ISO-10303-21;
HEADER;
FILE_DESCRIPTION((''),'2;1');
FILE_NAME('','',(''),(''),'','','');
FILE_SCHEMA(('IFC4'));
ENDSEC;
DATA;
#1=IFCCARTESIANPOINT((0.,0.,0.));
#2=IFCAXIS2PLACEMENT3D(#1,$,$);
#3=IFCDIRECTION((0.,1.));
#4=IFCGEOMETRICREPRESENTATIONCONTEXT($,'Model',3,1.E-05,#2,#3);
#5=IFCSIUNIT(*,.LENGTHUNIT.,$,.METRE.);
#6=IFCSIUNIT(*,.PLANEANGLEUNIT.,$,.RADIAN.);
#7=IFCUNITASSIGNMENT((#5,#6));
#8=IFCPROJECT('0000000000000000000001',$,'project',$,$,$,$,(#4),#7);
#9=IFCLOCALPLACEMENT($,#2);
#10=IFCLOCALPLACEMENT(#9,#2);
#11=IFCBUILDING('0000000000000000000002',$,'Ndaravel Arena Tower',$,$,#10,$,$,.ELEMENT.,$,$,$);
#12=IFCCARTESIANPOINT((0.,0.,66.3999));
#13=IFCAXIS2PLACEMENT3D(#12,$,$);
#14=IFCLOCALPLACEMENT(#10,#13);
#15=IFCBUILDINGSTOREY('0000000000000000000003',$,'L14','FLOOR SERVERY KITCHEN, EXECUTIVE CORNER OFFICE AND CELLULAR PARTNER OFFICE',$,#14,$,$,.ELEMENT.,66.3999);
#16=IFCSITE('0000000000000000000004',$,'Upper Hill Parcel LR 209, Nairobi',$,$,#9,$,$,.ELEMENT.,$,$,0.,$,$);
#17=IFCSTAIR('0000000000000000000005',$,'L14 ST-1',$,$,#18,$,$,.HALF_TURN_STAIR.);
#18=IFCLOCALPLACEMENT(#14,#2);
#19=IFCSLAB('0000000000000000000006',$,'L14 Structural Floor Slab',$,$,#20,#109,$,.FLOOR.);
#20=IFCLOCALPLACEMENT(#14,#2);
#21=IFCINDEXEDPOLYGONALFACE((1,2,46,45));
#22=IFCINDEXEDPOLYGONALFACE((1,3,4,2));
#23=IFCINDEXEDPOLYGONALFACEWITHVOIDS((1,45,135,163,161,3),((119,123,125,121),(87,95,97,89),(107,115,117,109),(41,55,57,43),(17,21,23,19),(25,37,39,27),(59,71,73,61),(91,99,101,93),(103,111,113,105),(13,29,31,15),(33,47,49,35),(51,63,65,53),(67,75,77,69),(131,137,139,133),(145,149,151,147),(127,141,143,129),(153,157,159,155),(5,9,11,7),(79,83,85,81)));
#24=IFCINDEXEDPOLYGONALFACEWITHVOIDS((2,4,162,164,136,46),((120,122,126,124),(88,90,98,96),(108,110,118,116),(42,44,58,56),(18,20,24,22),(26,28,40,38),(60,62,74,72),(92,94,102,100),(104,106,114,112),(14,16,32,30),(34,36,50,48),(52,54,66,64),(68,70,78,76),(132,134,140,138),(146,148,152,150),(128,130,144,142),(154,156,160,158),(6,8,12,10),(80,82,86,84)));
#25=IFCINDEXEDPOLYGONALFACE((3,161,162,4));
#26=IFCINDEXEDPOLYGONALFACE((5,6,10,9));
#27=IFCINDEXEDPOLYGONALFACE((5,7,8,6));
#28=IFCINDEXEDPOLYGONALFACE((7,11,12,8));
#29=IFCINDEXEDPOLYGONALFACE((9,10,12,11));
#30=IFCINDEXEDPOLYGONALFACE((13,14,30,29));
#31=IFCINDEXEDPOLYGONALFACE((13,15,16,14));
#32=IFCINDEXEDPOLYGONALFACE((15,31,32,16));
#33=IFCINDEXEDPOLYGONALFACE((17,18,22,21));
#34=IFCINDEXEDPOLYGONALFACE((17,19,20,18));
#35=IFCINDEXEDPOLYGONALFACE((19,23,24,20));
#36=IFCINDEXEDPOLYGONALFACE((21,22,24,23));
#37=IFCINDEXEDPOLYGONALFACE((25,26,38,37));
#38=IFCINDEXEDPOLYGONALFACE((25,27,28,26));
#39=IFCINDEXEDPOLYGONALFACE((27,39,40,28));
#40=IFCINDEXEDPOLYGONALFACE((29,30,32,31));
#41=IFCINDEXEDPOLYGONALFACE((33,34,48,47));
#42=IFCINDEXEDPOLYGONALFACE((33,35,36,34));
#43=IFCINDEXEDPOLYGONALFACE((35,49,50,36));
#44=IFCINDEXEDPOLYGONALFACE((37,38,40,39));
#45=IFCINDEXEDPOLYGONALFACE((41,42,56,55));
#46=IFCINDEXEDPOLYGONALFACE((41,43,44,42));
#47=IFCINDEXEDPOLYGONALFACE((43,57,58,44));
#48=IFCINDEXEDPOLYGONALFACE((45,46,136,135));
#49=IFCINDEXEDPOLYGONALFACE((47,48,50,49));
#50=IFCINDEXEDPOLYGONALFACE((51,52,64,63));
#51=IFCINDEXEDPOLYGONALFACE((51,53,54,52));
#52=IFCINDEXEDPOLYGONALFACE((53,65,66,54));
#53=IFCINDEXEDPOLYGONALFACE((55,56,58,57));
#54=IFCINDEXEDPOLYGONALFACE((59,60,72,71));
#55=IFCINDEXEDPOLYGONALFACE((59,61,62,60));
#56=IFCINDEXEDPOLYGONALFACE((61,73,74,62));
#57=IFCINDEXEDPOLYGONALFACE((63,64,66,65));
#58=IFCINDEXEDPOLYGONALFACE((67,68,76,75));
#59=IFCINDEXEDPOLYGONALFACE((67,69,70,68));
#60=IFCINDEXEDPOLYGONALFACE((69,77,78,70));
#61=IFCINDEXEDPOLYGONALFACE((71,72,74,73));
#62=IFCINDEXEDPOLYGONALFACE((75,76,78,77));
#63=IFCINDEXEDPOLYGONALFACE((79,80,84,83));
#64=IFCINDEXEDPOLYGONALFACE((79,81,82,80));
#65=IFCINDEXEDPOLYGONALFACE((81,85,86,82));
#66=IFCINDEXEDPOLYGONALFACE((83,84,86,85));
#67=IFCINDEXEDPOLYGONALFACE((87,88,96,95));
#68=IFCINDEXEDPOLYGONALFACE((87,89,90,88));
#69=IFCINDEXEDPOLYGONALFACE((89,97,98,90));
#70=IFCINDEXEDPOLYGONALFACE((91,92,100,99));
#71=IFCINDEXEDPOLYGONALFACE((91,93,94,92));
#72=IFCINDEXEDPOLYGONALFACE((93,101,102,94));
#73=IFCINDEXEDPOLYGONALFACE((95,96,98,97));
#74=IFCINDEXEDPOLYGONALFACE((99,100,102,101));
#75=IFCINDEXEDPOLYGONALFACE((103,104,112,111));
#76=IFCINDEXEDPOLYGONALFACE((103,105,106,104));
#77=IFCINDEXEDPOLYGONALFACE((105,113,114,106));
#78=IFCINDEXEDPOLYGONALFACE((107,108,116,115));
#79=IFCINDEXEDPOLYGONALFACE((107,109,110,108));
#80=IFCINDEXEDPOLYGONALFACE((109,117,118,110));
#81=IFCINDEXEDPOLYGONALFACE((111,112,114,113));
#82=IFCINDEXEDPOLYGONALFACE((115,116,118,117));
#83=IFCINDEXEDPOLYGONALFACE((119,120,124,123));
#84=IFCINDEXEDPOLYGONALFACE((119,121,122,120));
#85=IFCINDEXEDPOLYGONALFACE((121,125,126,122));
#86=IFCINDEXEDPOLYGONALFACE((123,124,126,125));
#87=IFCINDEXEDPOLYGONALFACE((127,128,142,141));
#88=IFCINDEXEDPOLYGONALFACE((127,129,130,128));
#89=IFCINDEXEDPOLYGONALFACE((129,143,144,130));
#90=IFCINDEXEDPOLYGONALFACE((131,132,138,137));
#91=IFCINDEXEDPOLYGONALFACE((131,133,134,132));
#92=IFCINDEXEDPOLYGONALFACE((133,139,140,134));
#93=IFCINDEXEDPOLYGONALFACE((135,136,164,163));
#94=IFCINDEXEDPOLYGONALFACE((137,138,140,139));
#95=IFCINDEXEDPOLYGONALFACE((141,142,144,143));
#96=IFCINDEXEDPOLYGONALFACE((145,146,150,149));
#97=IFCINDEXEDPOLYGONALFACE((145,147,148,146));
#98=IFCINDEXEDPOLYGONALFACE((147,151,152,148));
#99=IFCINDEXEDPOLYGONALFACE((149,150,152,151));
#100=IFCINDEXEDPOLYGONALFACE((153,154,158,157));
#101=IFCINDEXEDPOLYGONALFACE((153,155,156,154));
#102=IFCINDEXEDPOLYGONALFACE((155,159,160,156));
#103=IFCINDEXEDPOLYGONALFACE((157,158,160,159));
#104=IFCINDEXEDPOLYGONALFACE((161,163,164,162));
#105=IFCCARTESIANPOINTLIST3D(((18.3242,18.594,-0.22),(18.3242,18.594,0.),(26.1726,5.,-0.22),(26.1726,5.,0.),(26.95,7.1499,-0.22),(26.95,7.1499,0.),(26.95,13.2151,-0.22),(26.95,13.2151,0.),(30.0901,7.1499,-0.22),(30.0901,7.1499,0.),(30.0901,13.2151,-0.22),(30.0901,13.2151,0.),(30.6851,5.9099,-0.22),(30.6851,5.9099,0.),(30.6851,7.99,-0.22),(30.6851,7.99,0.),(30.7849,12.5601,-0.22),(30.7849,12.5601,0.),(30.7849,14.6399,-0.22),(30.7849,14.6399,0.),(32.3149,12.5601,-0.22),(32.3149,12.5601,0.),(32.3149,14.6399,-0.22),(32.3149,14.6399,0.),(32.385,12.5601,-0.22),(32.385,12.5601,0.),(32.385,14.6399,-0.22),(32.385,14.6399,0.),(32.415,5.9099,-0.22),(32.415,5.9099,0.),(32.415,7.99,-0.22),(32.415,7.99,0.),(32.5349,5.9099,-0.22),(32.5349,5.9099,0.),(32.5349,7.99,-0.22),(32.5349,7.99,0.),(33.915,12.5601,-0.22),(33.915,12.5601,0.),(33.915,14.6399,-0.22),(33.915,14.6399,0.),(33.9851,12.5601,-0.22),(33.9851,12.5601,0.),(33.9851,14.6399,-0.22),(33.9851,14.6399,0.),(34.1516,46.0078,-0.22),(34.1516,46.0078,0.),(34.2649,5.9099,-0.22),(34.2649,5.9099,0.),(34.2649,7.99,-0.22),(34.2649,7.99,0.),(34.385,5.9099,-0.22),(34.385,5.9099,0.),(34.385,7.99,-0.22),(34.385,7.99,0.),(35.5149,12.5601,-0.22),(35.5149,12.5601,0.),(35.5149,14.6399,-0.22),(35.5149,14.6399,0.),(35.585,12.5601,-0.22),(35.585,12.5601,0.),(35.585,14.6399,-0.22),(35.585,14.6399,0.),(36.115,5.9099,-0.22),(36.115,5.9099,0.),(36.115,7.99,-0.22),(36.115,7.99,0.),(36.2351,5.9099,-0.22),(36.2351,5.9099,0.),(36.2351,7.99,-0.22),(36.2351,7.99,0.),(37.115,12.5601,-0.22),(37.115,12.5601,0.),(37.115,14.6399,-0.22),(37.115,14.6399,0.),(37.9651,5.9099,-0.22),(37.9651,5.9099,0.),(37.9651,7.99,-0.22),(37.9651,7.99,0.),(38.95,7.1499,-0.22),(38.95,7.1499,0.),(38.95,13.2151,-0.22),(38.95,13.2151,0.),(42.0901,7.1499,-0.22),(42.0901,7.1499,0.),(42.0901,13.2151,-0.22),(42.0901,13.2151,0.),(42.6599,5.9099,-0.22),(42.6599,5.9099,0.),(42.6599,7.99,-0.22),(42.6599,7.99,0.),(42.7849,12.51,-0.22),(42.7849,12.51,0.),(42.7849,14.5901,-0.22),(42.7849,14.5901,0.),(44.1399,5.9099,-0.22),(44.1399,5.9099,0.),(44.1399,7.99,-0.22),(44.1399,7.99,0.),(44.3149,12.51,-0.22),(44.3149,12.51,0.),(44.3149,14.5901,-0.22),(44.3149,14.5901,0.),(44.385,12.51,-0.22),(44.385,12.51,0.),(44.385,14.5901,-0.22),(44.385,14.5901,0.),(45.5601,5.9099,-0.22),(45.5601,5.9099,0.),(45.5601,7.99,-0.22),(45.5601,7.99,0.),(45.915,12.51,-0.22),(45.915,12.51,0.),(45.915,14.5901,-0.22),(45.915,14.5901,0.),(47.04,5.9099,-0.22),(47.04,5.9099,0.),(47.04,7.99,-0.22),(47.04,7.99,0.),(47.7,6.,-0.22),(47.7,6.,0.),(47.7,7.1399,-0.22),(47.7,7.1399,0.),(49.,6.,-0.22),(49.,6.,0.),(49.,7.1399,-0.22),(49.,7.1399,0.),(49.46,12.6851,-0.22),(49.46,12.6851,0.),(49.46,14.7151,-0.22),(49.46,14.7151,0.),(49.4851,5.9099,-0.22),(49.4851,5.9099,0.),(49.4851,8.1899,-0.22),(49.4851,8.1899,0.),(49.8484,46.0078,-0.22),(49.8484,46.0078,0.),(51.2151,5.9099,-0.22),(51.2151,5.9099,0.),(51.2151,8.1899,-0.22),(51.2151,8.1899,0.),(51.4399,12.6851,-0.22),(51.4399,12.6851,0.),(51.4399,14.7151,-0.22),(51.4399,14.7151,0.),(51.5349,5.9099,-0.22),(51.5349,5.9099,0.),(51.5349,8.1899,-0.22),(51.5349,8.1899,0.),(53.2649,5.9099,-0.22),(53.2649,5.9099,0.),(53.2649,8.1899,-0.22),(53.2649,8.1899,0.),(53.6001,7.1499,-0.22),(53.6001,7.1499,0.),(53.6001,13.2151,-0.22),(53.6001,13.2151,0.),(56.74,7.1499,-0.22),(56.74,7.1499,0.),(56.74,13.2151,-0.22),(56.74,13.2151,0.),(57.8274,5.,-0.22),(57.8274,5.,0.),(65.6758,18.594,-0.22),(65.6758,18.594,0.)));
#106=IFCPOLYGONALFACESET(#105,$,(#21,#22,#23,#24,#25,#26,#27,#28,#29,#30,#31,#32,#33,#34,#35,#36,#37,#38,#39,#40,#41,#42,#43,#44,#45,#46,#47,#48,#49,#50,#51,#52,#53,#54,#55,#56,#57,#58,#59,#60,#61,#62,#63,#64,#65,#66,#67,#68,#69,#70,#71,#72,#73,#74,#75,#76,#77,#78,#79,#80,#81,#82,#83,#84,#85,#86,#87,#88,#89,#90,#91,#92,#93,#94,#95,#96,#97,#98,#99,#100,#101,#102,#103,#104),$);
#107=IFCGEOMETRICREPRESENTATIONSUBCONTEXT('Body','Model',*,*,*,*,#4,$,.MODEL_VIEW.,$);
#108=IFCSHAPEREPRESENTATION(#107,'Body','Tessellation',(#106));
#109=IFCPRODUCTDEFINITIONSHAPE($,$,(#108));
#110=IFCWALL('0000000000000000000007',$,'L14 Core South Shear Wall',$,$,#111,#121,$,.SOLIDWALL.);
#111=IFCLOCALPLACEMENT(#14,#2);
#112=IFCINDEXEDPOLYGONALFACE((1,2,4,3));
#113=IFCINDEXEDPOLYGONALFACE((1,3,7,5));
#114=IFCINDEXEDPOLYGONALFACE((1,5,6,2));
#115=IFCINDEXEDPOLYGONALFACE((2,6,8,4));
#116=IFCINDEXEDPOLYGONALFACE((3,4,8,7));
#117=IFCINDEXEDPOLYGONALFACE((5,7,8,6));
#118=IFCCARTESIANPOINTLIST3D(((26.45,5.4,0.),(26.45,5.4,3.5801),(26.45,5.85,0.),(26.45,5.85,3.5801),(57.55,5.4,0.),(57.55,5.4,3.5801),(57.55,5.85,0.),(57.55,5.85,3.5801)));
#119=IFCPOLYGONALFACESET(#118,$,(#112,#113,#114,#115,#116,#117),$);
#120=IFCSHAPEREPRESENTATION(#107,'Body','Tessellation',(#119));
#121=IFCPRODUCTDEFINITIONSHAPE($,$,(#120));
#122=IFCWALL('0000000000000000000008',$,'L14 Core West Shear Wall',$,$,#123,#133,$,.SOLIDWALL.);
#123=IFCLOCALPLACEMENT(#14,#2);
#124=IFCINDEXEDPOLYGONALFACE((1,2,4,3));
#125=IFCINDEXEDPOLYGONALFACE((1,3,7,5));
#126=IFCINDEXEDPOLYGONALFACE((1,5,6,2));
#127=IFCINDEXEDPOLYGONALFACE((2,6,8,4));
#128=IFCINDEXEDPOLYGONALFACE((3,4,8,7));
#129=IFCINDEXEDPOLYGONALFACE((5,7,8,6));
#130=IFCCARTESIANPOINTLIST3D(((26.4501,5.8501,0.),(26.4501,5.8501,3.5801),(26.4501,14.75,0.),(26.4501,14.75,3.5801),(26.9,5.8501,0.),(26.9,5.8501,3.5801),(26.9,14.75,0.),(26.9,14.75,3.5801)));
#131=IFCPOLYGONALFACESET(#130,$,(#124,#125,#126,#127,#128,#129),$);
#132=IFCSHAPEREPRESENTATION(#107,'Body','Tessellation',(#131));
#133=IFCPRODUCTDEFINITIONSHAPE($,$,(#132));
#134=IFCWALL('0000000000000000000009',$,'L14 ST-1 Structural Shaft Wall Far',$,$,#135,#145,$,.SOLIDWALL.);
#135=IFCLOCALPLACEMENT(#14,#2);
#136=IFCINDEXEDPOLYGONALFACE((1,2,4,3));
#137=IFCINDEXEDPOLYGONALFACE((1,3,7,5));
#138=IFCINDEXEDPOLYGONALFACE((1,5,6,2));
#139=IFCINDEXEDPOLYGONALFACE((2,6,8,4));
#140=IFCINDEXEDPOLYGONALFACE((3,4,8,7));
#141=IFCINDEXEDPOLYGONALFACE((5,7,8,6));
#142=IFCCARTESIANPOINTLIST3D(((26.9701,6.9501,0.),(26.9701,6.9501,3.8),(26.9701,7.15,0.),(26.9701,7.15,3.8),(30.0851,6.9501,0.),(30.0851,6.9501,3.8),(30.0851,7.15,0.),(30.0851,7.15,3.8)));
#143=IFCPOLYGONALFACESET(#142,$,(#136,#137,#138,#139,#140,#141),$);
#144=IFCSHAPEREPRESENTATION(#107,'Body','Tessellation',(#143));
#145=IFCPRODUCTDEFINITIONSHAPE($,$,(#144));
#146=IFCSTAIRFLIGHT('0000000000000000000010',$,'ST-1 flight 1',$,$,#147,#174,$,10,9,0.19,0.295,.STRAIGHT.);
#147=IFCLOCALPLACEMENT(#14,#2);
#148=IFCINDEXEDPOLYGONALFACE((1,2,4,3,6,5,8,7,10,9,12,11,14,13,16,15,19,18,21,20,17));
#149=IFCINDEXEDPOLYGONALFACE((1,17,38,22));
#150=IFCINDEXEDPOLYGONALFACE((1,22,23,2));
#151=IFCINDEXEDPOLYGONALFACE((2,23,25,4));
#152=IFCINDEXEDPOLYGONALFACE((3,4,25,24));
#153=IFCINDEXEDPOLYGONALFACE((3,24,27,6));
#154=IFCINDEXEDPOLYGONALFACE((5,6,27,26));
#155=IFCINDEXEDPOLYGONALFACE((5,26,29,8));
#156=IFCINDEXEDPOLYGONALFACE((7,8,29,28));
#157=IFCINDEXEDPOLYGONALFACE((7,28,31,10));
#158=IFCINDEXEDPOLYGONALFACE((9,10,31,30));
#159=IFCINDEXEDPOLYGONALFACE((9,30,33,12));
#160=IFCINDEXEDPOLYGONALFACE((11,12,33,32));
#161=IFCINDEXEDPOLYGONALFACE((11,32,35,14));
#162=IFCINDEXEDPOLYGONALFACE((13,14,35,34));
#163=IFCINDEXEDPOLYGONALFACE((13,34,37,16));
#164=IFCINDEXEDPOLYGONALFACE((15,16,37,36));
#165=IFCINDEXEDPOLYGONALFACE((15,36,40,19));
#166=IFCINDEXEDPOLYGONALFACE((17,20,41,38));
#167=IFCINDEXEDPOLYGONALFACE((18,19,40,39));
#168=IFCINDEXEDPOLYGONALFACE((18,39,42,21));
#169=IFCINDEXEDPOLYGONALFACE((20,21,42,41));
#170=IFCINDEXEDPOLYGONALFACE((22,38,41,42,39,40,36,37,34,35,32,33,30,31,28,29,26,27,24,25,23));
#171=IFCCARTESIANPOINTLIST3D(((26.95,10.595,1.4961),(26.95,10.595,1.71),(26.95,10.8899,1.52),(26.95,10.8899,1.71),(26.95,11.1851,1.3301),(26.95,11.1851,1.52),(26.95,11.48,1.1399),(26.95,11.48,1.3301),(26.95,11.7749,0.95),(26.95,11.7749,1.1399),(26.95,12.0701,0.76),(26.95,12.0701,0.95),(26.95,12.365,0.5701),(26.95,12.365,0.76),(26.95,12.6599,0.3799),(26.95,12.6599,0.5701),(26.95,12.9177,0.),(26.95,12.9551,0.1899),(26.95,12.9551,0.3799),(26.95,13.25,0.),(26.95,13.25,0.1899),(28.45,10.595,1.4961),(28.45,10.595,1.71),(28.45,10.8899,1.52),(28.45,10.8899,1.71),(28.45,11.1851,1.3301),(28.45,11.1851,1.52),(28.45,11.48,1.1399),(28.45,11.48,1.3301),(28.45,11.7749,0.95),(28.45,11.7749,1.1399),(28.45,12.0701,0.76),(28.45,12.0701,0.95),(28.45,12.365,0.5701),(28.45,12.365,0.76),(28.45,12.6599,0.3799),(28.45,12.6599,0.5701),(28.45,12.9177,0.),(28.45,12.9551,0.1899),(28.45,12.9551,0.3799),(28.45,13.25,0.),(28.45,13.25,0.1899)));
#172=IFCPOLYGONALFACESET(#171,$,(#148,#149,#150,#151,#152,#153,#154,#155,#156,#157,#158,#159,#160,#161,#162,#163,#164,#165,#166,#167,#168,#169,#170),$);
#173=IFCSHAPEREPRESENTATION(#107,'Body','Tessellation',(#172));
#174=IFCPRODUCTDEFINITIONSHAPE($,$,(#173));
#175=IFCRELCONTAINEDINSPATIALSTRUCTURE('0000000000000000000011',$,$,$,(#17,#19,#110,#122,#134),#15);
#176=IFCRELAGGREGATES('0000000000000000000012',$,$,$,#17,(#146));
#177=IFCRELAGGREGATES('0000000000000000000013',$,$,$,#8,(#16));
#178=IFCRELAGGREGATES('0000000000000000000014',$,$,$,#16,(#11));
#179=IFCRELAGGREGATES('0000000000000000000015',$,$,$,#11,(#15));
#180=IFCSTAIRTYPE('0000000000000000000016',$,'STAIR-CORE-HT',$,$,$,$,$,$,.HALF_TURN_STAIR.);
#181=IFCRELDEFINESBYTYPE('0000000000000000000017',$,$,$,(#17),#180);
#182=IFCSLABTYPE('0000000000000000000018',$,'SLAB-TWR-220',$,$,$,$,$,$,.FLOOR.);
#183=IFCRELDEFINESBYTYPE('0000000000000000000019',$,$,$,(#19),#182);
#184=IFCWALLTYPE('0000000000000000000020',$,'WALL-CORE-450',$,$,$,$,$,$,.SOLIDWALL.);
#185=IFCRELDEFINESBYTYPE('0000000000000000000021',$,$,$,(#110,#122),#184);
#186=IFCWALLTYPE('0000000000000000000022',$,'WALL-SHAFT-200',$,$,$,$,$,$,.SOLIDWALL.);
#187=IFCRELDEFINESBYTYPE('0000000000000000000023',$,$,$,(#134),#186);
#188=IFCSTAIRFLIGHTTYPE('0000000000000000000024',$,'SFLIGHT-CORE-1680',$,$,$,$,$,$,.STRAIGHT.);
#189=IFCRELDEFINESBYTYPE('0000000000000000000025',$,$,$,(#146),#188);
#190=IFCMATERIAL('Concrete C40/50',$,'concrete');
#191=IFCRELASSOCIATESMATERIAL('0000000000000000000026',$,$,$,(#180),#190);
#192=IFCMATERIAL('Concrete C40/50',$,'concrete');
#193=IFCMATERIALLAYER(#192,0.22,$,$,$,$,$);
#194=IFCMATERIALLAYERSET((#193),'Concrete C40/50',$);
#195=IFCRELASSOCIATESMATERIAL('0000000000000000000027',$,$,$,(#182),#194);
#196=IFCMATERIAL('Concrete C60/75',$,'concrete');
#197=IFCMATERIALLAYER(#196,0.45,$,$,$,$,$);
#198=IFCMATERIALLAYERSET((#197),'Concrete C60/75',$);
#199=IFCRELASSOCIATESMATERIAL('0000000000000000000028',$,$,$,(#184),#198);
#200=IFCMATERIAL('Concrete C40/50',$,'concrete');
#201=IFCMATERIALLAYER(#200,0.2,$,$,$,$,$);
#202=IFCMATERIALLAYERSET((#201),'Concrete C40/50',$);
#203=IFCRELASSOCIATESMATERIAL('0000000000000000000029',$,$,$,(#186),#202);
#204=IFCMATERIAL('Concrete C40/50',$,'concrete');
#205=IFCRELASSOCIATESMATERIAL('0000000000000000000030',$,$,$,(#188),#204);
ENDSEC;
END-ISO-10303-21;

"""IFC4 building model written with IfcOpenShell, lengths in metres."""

from ifc_helpers import new_model, si_unit, direction, frame, frame_2d, origin, place, context, subcontext, project, spatial, polyline, rectangle, outline, extrude, material, layer, layer_set, type_object, element, aggregate, save


model = new_model("IFC4")

# Units and contexts
model_context = context("Model", 3, precision=1e-05, world=origin(), true_north=direction((0.0, 1.0)))
body_context = subcontext(model_context, "Body", "Model", "MODEL_VIEW")
ifc_project = project(units=[si_unit("LENGTHUNIT", "METRE"), si_unit("PLANEANGLEUNIT", "RADIAN")], contexts=[model_context])

# Site, building, storey
site_placement = place(None, origin())
site = spatial("IfcSite", under=ifc_project, at=site_placement, Name="Upper Hill Parcel LR 209, Nairobi", CompositionType="ELEMENT", RefElevation=0.0)
building_placement = place(site_placement, origin())
building = spatial("IfcBuilding", under=site, at=building_placement, Name="Ndaravel Arena Tower", CompositionType="ELEMENT")
storey_placement = place(building_placement, frame((0.0, 0.0, 66.3999)))
storey = spatial("IfcBuildingStorey", under=building, at=storey_placement, Name="L14", Description="FLOOR SERVERY KITCHEN, EXECUTIVE CORNER OFFICE AND CELLULAR PARTNER OFFICE", CompositionType="ELEMENT", Elevation=66.3999)

# Stair
ifc_material_1 = material(Name="Concrete C40/50", Category="concrete")
stair_type = type_object("IfcStairType", Name="STAIR-CORE-HT", PredefinedType="HALF_TURN_STAIR", material=ifc_material_1)
stair_1_placement = place(storey_placement, origin())
stair_1 = element("IfcStair", 1, at=stair_1_placement, inside=storey, type_object=stair_type, Name="L14 ST-1", PredefinedType="HALF_TURN_STAIR")

# Slab
ifc_material_2 = material(Name="Concrete C40/50", Category="concrete")
ifc_layer_1 = layer(ifc_material_2, 0.22)
ifc_layer_set_1 = layer_set([ifc_layer_1], Name="Concrete C40/50")
slab_type_1 = type_object("IfcSlabType", Name="SLAB-TWR-220", PredefinedType="FLOOR", material=ifc_layer_set_1)
slab_1_placement = place(storey_placement, frame((0.0, 0.0, -0.22)))
element("IfcSlab", 2, at=slab_1_placement, inside=storey, type_object=slab_type_1, Name="L14 Structural Floor Slab", PredefinedType="FLOOR", context=body_context, shape_type="SweptSolid", body=[
    extrude(outline(polyline([(18.3242, 18.594), (26.1726, 5.0), (57.8274, 5.0), (65.6758, 18.594), (49.8484, 46.0078), (34.1516, 46.0078), (18.3242, 18.594)]), holes=[polyline([(26.95, 13.2151), (26.95, 7.1499), (30.0901, 7.1499), (30.0901, 13.2151), (26.95, 13.2151)]), polyline([(38.95, 13.2151), (38.95, 7.1499), (42.0901, 7.1499), (42.0901, 13.2151), (38.95, 13.2151)]), polyline([(53.6001, 13.2151), (53.6001, 7.1499), (56.74, 7.1499), (56.74, 13.2151), (53.6001, 13.2151)]), polyline([(30.6851, 5.9099), (32.415, 5.9099), (32.415, 7.99), (30.6851, 7.99), (30.6851, 5.9099)]), polyline([(32.5349, 5.9099), (34.2649, 5.9099), (34.2649, 7.99), (32.5349, 7.99), (32.5349, 5.9099)]), polyline([(34.385, 5.9099), (36.115, 5.9099), (36.115, 7.99), (34.385, 7.99), (34.385, 5.9099)]), polyline([(36.2351, 5.9099), (37.9651, 5.9099), (37.9651, 7.99), (36.2351, 7.99), (36.2351, 5.9099)]), polyline([(30.7849, 12.5601), (32.3149, 12.5601), (32.3149, 14.6399), (30.7849, 14.6399), (30.7849, 12.5601)]), polyline([(32.385, 12.5601), (33.915, 12.5601), (33.915, 14.6399), (32.385, 14.6399), (32.385, 12.5601)]), polyline([(33.9851, 12.5601), (35.5149, 12.5601), (35.5149, 14.6399), (33.9851, 14.6399), (33.9851, 12.5601)]), polyline([(35.585, 12.5601), (37.115, 12.5601), (37.115, 14.6399), (35.585, 14.6399), (35.585, 12.5601)]), polyline([(42.6599, 5.9099), (44.1399, 5.9099), (44.1399, 7.99), (42.6599, 7.99), (42.6599, 5.9099)]), polyline([(45.5601, 5.9099), (47.04, 5.9099), (47.04, 7.99), (45.5601, 7.99), (45.5601, 5.9099)]), polyline([(42.7849, 12.51), (44.3149, 12.51), (44.3149, 14.5901), (42.7849, 14.5901), (42.7849, 12.51)]), polyline([(44.385, 12.51), (45.915, 12.51), (45.915, 14.5901), (44.385, 14.5901), (44.385, 12.51)]), polyline([(49.4851, 5.9099), (51.2151, 5.9099), (51.2151, 8.1899), (49.4851, 8.1899), (49.4851, 5.9099)]), polyline([(51.5349, 5.9099), (53.2649, 5.9099), (53.2649, 8.1899), (51.5349, 8.1899), (51.5349, 5.9099)]), polyline([(49.46, 12.6851), (51.4399, 12.6851), (51.4399, 14.7151), (49.46, 14.7151), (49.46, 12.6851)]), polyline([(47.7, 6.0), (49.0, 6.0), (49.0, 7.1399), (47.7, 7.1399), (47.7, 6.0)])]), origin(), (0.0, 0.0, 1.0), 0.22),
])

# Walls
ifc_material_3 = material(Name="Concrete C60/75", Category="concrete")
ifc_layer_2 = layer(ifc_material_3, 0.45)
ifc_layer_set_2 = layer_set([ifc_layer_2], Name="Concrete C60/75")
wall_type_1 = type_object("IfcWallType", Name="WALL-CORE-450", PredefinedType="SOLIDWALL", material=ifc_layer_set_2)
wall_1_placement = place(storey_placement, frame((26.45, 5.625, 0.0), z_axis=(0.0, 0.0, 1.0), x_axis=(1.0, 0.0, 0.0)))
element("IfcWall", 3, at=wall_1_placement, inside=storey, type_object=wall_type_1, Name="L14 Core South Shear Wall", PredefinedType="SOLIDWALL", context=body_context, shape_type="SweptSolid", body=[
    extrude(rectangle(XDim=31.1001, YDim=0.45, at=frame_2d((15.55, 0.0))), origin(), (0.0, 0.0, 1.0), 3.5801),
])
wall_2_placement = place(storey_placement, frame((26.675, 5.8501, 0.0), z_axis=(0.0, 0.0, 1.0), x_axis=(0.0, 1.0, 0.0)))
element("IfcWall", 4, at=wall_2_placement, inside=storey, type_object=wall_type_1, Name="L14 Core West Shear Wall", PredefinedType="SOLIDWALL", context=body_context, shape_type="SweptSolid", body=[
    extrude(rectangle(XDim=8.8999, YDim=0.45, at=frame_2d((4.45, 0.0))), origin(), (0.0, 0.0, 1.0), 3.5801),
])
ifc_material_4 = material(Name="Concrete C40/50", Category="concrete")
ifc_layer_3 = layer(ifc_material_4, 0.2)
ifc_layer_set_3 = layer_set([ifc_layer_3], Name="Concrete C40/50")
wall_type_2 = type_object("IfcWallType", Name="WALL-SHAFT-200", PredefinedType="SOLIDWALL", material=ifc_layer_set_3)
wall_3_placement = place(storey_placement, frame((26.97, 7.05, 0.0), z_axis=(0.0, 0.0, 1.0), x_axis=(1.0, 0.0, 0.0)))
element("IfcWall", 5, at=wall_3_placement, inside=storey, type_object=wall_type_2, Name="L14 ST-1 Structural Shaft Wall Far", PredefinedType="SOLIDWALL", context=body_context, shape_type="SweptSolid", body=[
    extrude(rectangle(XDim=3.115, YDim=0.2, at=frame_2d((1.5576, 0.0))), origin(), (0.0, 0.0, 1.0), 3.8),
])

# Stair flight
ifc_material_5 = material(Name="Concrete C40/50", Category="concrete")
stair_flight_type = type_object("IfcStairFlightType", Name="SFLIGHT-CORE-1680", PredefinedType="STRAIGHT", material=ifc_material_5)
stair_flight_placement = place(storey_placement, frame((27.7, 13.25, 0.0), z_axis=(0.0, 0.0, 1.0), x_axis=(0.0, -1.0, 0.0)))
stair_flight = element("IfcStairFlight", 6, at=stair_flight_placement, type_object=stair_flight_type, Name="ST-1 flight 1", NumberOfRisers=10, NumberOfTreads=9, PredefinedType="STRAIGHT", RiserHeight=0.19, TreadLength=0.295, context=body_context, shape_type="SweptSolid", body=[
    extrude(outline(polyline([(0.0, 0.0), (0.0, 0.1899), (0.2949, 0.1899), (0.2949, 0.3799), (0.5901, 0.3799), (0.5901, 0.5701), (0.885, 0.5701), (0.885, 0.76), (1.1799, 0.76), (1.1799, 0.95), (1.4751, 0.95), (1.4751, 1.1399), (1.77, 1.1399), (1.77, 1.3301), (2.0649, 1.3301), (2.0649, 1.52), (2.3601, 1.52), (2.3601, 1.71), (2.655, 1.71), (2.655, 1.8999), (2.655, 1.4961), (0.3323, 0.0), (0.0, 0.0)])), frame((0.0, 0.75, 0.0), z_axis=(0.0, -1.0, 0.0), x_axis=(1.0, 0.0, 0.0)), (0.0, 0.0, 1.0), 1.5),
])
aggregate(stair_1, [stair_flight])

save(model, "model.ifc")
